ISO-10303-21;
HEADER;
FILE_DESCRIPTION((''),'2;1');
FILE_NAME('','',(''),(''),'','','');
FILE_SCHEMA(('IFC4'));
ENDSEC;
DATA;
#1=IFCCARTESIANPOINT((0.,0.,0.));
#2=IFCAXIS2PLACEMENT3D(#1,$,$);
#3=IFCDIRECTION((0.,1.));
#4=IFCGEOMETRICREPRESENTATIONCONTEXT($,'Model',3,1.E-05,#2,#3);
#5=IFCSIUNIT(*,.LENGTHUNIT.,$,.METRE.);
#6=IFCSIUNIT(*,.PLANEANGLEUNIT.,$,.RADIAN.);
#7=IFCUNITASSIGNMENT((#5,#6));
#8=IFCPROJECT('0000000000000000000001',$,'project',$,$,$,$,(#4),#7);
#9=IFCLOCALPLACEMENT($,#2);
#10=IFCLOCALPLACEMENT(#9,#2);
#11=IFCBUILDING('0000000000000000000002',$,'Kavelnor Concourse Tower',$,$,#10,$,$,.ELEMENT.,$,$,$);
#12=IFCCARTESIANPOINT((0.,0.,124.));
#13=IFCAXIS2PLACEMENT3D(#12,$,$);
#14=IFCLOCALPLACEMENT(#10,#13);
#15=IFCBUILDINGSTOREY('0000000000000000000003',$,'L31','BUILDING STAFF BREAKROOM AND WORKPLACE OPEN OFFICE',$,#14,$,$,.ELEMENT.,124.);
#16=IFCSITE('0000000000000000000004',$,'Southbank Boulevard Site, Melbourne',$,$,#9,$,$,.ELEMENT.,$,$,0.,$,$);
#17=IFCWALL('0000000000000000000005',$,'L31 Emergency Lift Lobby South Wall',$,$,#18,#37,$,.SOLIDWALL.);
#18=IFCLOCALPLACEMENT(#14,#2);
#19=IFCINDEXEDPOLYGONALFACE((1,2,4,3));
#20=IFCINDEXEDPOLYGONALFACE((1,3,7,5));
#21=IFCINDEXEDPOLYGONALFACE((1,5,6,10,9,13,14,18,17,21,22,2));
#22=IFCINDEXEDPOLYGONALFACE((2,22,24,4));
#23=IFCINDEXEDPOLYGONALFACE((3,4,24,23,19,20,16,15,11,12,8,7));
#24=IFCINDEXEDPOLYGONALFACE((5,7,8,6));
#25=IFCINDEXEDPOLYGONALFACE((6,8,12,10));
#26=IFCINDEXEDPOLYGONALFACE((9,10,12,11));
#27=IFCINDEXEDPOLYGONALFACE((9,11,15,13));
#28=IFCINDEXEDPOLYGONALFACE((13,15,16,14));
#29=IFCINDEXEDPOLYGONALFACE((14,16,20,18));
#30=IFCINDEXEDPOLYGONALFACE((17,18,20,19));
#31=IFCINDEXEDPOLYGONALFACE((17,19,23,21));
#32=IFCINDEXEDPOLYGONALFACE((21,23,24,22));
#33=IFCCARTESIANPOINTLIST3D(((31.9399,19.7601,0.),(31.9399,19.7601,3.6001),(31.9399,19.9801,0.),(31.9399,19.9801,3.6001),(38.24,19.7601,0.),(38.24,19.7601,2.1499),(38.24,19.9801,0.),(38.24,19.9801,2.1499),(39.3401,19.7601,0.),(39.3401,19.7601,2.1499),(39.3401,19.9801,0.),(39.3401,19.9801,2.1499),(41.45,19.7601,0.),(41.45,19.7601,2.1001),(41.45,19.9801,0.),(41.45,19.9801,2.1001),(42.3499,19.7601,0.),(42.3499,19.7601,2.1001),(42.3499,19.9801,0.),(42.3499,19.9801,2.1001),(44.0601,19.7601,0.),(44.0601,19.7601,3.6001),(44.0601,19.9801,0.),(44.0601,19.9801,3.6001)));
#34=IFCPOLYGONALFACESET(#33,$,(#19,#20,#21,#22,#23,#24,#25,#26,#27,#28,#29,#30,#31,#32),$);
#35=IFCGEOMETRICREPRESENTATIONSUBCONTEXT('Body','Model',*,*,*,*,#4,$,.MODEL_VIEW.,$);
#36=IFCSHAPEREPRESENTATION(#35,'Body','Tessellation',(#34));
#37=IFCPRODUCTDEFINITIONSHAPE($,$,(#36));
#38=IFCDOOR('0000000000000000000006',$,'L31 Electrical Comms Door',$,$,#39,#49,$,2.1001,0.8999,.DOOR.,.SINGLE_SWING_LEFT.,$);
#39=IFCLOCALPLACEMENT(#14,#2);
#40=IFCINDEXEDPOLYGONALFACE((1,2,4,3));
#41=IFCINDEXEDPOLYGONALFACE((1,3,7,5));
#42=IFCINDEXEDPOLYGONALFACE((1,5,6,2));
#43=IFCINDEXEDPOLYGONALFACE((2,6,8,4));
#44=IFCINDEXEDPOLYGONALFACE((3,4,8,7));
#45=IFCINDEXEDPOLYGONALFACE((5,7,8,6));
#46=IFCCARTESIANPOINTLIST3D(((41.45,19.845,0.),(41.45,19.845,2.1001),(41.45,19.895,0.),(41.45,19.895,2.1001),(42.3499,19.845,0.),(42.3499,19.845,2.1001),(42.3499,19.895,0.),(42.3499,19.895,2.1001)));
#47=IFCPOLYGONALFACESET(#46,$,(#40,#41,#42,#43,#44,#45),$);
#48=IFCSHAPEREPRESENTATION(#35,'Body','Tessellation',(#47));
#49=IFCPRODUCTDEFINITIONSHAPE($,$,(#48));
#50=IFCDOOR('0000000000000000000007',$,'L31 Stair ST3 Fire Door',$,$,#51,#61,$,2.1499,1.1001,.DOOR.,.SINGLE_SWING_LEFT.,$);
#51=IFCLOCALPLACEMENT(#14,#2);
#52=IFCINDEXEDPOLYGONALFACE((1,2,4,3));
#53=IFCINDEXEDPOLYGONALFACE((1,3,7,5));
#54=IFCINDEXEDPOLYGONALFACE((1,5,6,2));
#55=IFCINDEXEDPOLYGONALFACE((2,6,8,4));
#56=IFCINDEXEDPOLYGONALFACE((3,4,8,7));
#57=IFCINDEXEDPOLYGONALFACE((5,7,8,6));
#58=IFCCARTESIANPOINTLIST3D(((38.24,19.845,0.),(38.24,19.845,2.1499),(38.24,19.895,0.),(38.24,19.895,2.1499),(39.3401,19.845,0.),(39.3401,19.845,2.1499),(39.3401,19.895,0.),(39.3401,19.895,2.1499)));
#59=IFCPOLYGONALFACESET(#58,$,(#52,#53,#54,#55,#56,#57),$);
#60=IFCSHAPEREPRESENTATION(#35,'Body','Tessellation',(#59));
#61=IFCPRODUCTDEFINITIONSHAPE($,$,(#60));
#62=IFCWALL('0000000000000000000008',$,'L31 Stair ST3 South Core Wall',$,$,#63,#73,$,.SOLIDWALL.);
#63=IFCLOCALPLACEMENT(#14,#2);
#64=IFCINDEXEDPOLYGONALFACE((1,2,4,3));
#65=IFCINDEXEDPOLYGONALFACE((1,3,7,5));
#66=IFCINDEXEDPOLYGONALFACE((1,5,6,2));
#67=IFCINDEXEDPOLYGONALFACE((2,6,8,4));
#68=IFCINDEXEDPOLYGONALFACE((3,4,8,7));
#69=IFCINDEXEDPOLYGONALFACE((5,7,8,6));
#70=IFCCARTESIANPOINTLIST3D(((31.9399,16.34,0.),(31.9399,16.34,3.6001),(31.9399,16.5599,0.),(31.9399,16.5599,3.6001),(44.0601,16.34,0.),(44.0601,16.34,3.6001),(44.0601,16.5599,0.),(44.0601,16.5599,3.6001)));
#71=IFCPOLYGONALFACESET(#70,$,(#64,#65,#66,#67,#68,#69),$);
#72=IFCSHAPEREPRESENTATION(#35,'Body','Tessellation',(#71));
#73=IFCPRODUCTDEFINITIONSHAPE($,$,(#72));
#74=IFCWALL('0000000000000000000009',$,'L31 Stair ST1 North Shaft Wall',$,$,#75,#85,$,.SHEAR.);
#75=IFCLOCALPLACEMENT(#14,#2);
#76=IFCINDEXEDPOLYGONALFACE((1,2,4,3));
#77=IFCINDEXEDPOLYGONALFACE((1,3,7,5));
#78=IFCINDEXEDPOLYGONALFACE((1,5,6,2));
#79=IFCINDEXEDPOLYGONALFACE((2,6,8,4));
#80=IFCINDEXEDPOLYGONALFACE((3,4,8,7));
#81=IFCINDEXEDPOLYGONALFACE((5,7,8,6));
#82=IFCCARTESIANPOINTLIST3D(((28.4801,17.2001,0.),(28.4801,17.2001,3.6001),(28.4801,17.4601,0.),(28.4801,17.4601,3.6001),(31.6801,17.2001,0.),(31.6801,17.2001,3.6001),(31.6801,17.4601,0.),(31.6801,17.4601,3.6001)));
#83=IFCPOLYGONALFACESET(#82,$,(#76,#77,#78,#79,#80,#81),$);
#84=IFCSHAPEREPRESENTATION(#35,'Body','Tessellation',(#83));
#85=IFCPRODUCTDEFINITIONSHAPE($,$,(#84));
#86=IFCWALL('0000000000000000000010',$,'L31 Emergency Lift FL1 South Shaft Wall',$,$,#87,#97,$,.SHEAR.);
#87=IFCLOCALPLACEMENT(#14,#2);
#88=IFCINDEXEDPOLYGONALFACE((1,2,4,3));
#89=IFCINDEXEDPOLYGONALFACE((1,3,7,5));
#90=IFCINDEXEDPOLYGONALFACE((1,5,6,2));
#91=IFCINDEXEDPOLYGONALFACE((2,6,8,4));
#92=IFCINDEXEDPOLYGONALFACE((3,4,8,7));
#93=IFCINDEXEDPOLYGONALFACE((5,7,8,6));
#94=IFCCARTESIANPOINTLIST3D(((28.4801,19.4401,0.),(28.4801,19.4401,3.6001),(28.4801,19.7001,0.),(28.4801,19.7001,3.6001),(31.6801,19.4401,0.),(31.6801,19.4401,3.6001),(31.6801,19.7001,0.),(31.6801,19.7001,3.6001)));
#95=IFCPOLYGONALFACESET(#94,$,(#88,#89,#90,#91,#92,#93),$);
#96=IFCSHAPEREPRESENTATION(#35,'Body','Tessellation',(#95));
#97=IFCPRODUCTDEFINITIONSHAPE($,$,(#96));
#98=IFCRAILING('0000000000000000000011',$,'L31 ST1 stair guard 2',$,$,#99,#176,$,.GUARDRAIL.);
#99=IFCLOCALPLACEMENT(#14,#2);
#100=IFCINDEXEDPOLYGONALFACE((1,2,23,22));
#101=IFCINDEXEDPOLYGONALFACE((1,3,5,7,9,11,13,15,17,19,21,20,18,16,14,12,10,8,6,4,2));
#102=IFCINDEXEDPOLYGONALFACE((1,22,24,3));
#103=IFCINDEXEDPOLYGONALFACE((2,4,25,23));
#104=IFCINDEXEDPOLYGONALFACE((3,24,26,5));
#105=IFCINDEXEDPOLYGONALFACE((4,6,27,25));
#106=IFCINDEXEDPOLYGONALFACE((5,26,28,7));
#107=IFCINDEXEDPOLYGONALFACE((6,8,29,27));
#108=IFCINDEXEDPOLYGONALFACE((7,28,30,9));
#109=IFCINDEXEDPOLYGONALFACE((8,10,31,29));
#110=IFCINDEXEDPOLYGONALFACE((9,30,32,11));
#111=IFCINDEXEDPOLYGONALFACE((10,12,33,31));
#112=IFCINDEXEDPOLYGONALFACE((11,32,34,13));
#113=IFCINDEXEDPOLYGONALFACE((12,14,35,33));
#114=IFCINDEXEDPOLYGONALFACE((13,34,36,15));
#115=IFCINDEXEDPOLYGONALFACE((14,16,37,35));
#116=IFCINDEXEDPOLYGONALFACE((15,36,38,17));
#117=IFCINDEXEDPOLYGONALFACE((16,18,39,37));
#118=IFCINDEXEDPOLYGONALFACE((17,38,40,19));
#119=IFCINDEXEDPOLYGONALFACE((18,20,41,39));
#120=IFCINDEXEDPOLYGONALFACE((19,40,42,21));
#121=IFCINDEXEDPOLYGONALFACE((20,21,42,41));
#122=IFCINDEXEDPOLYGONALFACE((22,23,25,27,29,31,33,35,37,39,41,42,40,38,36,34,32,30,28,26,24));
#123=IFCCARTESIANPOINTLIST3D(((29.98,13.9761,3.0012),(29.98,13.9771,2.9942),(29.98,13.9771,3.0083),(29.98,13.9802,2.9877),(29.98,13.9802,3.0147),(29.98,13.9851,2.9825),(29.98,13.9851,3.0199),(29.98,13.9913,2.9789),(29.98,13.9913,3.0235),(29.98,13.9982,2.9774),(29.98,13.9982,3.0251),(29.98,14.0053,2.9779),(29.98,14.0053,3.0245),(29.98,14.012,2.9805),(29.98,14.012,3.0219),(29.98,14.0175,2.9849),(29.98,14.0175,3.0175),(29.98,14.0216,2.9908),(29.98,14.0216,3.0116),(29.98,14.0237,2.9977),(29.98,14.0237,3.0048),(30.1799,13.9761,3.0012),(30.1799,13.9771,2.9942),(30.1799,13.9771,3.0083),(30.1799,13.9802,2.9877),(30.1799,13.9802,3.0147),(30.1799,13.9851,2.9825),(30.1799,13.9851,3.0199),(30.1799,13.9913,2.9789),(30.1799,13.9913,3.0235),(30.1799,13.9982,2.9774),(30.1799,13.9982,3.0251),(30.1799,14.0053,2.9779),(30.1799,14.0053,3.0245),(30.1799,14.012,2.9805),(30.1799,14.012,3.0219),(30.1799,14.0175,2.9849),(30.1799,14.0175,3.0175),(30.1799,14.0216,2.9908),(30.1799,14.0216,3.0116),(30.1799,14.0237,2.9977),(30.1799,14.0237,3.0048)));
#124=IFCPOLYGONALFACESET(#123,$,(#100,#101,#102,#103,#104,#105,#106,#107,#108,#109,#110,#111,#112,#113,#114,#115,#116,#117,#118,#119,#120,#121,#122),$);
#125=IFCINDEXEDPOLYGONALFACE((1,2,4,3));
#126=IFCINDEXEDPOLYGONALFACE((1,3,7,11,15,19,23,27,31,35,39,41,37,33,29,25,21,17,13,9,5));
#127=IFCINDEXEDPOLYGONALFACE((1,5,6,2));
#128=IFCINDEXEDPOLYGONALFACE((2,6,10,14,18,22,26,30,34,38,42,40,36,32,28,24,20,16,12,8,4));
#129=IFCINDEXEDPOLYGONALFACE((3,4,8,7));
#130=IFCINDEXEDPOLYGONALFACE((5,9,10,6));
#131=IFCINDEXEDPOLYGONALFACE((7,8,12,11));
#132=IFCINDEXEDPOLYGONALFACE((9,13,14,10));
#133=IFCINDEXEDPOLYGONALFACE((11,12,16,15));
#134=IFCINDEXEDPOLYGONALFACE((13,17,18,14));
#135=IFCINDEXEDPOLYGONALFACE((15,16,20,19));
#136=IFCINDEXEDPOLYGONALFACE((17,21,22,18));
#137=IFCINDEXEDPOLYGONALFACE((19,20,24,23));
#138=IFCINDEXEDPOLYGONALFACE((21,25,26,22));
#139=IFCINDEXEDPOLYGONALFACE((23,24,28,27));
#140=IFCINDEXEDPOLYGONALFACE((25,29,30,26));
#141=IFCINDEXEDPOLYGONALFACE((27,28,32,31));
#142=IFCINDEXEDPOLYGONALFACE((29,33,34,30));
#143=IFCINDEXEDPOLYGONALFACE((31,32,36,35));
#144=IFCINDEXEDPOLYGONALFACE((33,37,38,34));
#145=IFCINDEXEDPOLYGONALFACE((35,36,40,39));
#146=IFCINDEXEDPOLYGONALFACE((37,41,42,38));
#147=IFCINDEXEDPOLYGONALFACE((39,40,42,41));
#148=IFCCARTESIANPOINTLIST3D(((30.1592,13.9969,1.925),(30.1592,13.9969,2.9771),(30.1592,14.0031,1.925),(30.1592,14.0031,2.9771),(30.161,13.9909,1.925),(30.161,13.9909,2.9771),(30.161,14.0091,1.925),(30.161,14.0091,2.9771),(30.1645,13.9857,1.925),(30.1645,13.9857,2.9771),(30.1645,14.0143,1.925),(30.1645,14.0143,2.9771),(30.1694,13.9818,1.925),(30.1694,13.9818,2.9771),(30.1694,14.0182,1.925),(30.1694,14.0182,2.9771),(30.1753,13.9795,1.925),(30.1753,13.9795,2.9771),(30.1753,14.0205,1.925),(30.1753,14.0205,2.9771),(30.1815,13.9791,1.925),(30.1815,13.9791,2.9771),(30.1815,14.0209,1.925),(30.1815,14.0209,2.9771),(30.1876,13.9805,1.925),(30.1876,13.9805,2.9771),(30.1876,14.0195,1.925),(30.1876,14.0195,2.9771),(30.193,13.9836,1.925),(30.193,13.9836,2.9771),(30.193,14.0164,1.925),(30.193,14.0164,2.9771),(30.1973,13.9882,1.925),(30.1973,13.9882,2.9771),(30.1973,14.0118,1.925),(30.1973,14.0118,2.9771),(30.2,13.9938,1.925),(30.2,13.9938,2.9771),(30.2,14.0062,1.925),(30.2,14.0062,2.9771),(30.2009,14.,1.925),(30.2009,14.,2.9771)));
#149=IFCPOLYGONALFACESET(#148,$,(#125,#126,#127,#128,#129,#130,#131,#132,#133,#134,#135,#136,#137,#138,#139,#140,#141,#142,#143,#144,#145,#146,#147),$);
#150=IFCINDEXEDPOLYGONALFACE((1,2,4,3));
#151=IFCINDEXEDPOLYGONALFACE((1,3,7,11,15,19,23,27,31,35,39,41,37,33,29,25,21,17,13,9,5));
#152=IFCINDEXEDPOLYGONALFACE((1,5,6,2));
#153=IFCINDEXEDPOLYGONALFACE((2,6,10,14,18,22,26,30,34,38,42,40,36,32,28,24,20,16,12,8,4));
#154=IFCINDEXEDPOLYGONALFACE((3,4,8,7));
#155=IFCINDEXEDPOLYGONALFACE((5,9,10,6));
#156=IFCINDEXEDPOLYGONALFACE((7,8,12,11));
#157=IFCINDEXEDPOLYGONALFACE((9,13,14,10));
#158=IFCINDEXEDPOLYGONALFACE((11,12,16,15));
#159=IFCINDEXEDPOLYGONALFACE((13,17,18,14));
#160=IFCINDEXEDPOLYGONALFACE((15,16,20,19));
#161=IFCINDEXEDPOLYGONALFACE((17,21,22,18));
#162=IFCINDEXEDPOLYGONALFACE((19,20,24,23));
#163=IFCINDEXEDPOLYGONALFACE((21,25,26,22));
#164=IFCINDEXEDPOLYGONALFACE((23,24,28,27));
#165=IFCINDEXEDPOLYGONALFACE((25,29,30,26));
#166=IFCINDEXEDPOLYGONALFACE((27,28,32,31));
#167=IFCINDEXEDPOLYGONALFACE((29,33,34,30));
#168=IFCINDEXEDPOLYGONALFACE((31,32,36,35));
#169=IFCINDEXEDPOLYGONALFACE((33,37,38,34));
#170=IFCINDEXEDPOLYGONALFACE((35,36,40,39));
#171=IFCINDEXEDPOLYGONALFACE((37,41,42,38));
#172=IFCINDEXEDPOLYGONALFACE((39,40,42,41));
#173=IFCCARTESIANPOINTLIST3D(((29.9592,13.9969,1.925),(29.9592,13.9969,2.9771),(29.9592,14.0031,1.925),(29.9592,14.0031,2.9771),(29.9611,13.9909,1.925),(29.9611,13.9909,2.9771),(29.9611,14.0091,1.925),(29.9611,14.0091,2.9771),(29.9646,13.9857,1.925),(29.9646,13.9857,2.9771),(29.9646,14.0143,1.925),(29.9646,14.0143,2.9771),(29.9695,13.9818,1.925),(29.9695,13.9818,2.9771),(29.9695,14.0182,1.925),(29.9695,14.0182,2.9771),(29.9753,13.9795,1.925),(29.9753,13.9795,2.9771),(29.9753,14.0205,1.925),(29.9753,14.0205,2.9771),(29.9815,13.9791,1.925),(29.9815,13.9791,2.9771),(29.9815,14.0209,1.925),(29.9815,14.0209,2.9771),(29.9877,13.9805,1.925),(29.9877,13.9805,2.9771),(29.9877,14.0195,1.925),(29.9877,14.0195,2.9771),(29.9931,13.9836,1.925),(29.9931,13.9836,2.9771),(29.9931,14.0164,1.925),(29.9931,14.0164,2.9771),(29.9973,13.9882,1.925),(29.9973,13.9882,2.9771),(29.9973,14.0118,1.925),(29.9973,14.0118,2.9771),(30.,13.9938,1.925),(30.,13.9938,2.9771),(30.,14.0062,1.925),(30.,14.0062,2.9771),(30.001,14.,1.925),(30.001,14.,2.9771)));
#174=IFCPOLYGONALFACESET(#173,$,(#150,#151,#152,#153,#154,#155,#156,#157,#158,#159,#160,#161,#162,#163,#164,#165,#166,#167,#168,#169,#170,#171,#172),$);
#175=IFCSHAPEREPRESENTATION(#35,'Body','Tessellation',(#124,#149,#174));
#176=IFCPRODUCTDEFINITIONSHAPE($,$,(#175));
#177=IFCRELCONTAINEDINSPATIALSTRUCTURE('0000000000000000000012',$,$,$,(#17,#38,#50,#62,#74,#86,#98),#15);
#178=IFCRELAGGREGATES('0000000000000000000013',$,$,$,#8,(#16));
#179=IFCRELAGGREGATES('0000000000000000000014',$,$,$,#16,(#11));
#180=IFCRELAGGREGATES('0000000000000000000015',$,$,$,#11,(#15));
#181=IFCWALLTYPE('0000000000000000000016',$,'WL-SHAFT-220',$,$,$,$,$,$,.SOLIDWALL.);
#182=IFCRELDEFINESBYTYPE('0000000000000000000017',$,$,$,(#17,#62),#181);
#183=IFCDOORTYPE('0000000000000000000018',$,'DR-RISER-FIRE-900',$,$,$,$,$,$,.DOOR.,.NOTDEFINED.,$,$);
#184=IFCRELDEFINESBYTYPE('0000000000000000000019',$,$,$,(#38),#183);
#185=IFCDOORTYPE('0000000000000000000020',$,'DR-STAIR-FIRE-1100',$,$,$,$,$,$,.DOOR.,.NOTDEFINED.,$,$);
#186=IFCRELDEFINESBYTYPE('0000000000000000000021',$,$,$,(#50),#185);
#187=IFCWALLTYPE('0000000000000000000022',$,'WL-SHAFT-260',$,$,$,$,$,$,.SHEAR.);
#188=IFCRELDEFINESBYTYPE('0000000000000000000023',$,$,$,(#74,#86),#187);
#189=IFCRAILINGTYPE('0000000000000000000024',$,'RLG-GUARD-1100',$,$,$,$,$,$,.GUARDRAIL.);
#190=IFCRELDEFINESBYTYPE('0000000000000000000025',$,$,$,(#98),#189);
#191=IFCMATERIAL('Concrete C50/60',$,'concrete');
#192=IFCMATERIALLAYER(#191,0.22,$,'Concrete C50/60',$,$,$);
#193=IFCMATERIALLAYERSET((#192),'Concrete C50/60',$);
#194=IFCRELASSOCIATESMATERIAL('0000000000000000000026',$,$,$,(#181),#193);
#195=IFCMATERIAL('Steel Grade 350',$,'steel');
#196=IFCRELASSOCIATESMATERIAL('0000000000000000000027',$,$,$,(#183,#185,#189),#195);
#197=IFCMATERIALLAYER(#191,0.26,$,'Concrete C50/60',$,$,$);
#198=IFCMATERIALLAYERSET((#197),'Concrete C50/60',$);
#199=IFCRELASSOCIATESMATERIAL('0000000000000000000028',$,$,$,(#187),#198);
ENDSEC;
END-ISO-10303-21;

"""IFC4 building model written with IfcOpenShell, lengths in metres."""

from ifc_helpers import new_model, si_unit, direction, frame, frame_2d, origin, origin_2d, place, context, subcontext, project, spatial, rectangle, circle, extrude, material, layer, layer_set, type_object, element, fill, save


model = new_model("IFC4")

# Units and contexts
model_context = context("Model", 3, precision=1e-05, world=origin(), true_north=direction((0.0, 1.0)))
body_context = subcontext(model_context, "Body", "Model", "MODEL_VIEW")
ifc_project = project(units=[si_unit("LENGTHUNIT", "METRE"), si_unit("PLANEANGLEUNIT", "RADIAN")], contexts=[model_context])

# Site, building, storey
site_placement = place(None, origin())
site = spatial("IfcSite", under=ifc_project, at=site_placement, Name="Southbank Boulevard Site, Melbourne", CompositionType="ELEMENT", RefElevation=0.0)
building_placement = place(site_placement, origin())
building = spatial("IfcBuilding", under=site, at=building_placement, Name="Kavelnor Concourse Tower", CompositionType="ELEMENT")
storey_placement = place(building_placement, frame((0.0, 0.0, 124.0)))
storey = spatial("IfcBuildingStorey", under=building, at=storey_placement, Name="L31", Description="BUILDING STAFF BREAKROOM AND WORKPLACE OPEN OFFICE", CompositionType="ELEMENT", Elevation=124.0)

# Shared definitions
ifc_material_1 = material(Name="Steel Grade 350", Category="steel")

# Wall, openings, doors
ifc_material_2 = material(Name="Concrete C50/60", Category="concrete")
ifc_layer_1 = layer(ifc_material_2, 0.22, Name="Concrete C50/60")
ifc_layer_set_1 = layer_set([ifc_layer_1], Name="Concrete C50/60")
wall_type_1 = type_object("IfcWallType", Name="WL-SHAFT-220", PredefinedType="SOLIDWALL", material=ifc_layer_set_1)
wall_1_placement = place(storey_placement, frame((31.9399, 19.8701, 0.0), z_axis=(0.0, 0.0, 1.0), x_axis=(1.0, 0.0, 0.0)))
wall_1 = element("IfcWall", 1, at=wall_1_placement, inside=storey, type_object=wall_type_1, Name="L31 Emergency Lift Lobby South Wall", PredefinedType="SOLIDWALL", context=body_context, shape_type="SweptSolid", body=[
    extrude(rectangle(XDim=12.1201, YDim=0.22, at=frame_2d((6.0601, 0.0))), origin(), (0.0, 0.0, 1.0), 3.6001),
])
opening_1_placement = place(wall_1_placement, frame((6.3, 0.0, 0.0)))
opening_1 = element("IfcOpeningElement", 2, at=opening_1_placement, cuts=wall_1, PredefinedType="OPENING", context=body_context, shape_type="SweptSolid", body=[
    extrude(rectangle(XDim=1.1001, YDim=2.1499, at=frame_2d((0.55, 1.075))), frame((0.0, 0.1201, 0.0), z_axis=(0.0, -1.0, 0.0), x_axis=(1.0, 0.0, 0.0)), (0.0, 0.0, 1.0), 0.24),
])
opening_2_placement = place(wall_1_placement, frame((9.51, 0.0, 0.0)))
opening_2 = element("IfcOpeningElement", 3, at=opening_2_placement, cuts=wall_1, PredefinedType="OPENING", context=body_context, shape_type="SweptSolid", body=[
    extrude(rectangle(XDim=0.8999, YDim=2.1001, at=frame_2d((0.45, 1.05))), frame((0.0, 0.1201, 0.0), z_axis=(0.0, -1.0, 0.0), x_axis=(1.0, 0.0, 0.0)), (0.0, 0.0, 1.0), 0.24),
])
door_type_1 = type_object("IfcDoorType", Name="DR-RISER-FIRE-900", OperationType="NOTDEFINED", PredefinedType="DOOR", material=ifc_material_1)
door_1_placement = place(opening_2_placement, origin())
door_1 = element("IfcDoor", 4, at=door_1_placement, inside=storey, type_object=door_type_1, Name="L31 Electrical Comms Door", OperationType="SINGLE_SWING_LEFT", OverallHeight=2.1001, OverallWidth=0.8999, PredefinedType="DOOR", context=body_context, shape_type="SweptSolid", body=[
    extrude(rectangle(XDim=0.8999, YDim=2.1001, at=frame_2d((0.45, 1.05))), frame((0.0, 0.0249, 0.0), z_axis=(0.0, -1.0, 0.0), x_axis=(1.0, 0.0, 0.0)), (0.0, 0.0, 1.0), 0.05),
])
fill(opening_2, door_1)
door_type_2 = type_object("IfcDoorType", Name="DR-STAIR-FIRE-1100", OperationType="NOTDEFINED", PredefinedType="DOOR", material=ifc_material_1)
door_2_placement = place(opening_1_placement, origin())
door_2 = element("IfcDoor", 5, at=door_2_placement, inside=storey, type_object=door_type_2, Name="L31 Stair ST3 Fire Door", OperationType="SINGLE_SWING_LEFT", OverallHeight=2.1499, OverallWidth=1.1001, PredefinedType="DOOR", context=body_context, shape_type="SweptSolid", body=[
    extrude(rectangle(XDim=1.1001, YDim=2.1499, at=frame_2d((0.55, 1.075))), frame((0.0, 0.0249, 0.0), z_axis=(0.0, -1.0, 0.0), x_axis=(1.0, 0.0, 0.0)), (0.0, 0.0, 1.0), 0.05),
])
fill(opening_1, door_2)

# Walls
wall_2_placement = place(storey_placement, frame((31.9399, 16.45, 0.0), z_axis=(0.0, 0.0, 1.0), x_axis=(1.0, 0.0, 0.0)))
element("IfcWall", 6, at=wall_2_placement, inside=storey, type_object=wall_type_1, Name="L31 Stair ST3 South Core Wall", PredefinedType="SOLIDWALL", context=body_context, shape_type="SweptSolid", body=[
    extrude(rectangle(XDim=12.1201, YDim=0.22, at=frame_2d((6.0601, 0.0))), origin(), (0.0, 0.0, 1.0), 3.6001),
])
ifc_layer_2 = layer(ifc_material_2, 0.26, Name="Concrete C50/60")
ifc_layer_set_2 = layer_set([ifc_layer_2], Name="Concrete C50/60")
wall_type_2 = type_object("IfcWallType", Name="WL-SHAFT-260", PredefinedType="SHEAR", material=ifc_layer_set_2)
for number, where, z_axis, x_axis, name in (
    (7, (28.48, 17.3301, 0.0), (0.0, 0.0, 1.0), (1.0, 0.0, 0.0), "L31 Stair ST1 North Shaft Wall"),
    (8, (28.48, 19.5701, 0.0), (0.0, 0.0, 1.0), (1.0, 0.0, 0.0), "L31 Emergency Lift FL1 South Shaft Wall"),
):
    element("IfcWall", number, at=place(storey_placement, frame(where, z_axis=z_axis, x_axis=x_axis)), inside=storey, type_object=wall_type_2, Name=name, PredefinedType="SHEAR", context=body_context, shape_type="SweptSolid", body=[
        extrude(rectangle(XDim=3.2, YDim=0.26, at=frame_2d((1.6001, 0.0))), origin(), (0.0, 0.0, 1.0), 3.6001),
    ])

# Railing
railing_type = type_object("IfcRailingType", Name="RLG-GUARD-1100", PredefinedType="GUARDRAIL", material=ifc_material_1)
railing_placement = place(storey_placement, frame((30.1799, 14.0, 1.925)))
element("IfcRailing", 9, at=railing_placement, inside=storey, type_object=railing_type, Name="L31 ST1 stair guard 2", PredefinedType="GUARDRAIL", context=body_context, shape_type="SweptSolid", body=[
    extrude(circle(Radius=0.0239, at=origin_2d()), frame((0.0, 0.0, 1.0762), z_axis=(-1.0, 0.0, 0.0), x_axis=(0.0, -1.0, 0.0)), (0.0, 0.0, 1.0), 0.2),
    extrude(circle(Radius=0.021, at=origin_2d()), origin(), (0.0, 0.0, 1.0), 1.052),
    extrude(circle(Radius=0.021, at=origin_2d()), frame((-0.2, 0.0, 0.0)), (0.0, 0.0, 1.0), 1.052),
])

save(model, "model.ifc")
